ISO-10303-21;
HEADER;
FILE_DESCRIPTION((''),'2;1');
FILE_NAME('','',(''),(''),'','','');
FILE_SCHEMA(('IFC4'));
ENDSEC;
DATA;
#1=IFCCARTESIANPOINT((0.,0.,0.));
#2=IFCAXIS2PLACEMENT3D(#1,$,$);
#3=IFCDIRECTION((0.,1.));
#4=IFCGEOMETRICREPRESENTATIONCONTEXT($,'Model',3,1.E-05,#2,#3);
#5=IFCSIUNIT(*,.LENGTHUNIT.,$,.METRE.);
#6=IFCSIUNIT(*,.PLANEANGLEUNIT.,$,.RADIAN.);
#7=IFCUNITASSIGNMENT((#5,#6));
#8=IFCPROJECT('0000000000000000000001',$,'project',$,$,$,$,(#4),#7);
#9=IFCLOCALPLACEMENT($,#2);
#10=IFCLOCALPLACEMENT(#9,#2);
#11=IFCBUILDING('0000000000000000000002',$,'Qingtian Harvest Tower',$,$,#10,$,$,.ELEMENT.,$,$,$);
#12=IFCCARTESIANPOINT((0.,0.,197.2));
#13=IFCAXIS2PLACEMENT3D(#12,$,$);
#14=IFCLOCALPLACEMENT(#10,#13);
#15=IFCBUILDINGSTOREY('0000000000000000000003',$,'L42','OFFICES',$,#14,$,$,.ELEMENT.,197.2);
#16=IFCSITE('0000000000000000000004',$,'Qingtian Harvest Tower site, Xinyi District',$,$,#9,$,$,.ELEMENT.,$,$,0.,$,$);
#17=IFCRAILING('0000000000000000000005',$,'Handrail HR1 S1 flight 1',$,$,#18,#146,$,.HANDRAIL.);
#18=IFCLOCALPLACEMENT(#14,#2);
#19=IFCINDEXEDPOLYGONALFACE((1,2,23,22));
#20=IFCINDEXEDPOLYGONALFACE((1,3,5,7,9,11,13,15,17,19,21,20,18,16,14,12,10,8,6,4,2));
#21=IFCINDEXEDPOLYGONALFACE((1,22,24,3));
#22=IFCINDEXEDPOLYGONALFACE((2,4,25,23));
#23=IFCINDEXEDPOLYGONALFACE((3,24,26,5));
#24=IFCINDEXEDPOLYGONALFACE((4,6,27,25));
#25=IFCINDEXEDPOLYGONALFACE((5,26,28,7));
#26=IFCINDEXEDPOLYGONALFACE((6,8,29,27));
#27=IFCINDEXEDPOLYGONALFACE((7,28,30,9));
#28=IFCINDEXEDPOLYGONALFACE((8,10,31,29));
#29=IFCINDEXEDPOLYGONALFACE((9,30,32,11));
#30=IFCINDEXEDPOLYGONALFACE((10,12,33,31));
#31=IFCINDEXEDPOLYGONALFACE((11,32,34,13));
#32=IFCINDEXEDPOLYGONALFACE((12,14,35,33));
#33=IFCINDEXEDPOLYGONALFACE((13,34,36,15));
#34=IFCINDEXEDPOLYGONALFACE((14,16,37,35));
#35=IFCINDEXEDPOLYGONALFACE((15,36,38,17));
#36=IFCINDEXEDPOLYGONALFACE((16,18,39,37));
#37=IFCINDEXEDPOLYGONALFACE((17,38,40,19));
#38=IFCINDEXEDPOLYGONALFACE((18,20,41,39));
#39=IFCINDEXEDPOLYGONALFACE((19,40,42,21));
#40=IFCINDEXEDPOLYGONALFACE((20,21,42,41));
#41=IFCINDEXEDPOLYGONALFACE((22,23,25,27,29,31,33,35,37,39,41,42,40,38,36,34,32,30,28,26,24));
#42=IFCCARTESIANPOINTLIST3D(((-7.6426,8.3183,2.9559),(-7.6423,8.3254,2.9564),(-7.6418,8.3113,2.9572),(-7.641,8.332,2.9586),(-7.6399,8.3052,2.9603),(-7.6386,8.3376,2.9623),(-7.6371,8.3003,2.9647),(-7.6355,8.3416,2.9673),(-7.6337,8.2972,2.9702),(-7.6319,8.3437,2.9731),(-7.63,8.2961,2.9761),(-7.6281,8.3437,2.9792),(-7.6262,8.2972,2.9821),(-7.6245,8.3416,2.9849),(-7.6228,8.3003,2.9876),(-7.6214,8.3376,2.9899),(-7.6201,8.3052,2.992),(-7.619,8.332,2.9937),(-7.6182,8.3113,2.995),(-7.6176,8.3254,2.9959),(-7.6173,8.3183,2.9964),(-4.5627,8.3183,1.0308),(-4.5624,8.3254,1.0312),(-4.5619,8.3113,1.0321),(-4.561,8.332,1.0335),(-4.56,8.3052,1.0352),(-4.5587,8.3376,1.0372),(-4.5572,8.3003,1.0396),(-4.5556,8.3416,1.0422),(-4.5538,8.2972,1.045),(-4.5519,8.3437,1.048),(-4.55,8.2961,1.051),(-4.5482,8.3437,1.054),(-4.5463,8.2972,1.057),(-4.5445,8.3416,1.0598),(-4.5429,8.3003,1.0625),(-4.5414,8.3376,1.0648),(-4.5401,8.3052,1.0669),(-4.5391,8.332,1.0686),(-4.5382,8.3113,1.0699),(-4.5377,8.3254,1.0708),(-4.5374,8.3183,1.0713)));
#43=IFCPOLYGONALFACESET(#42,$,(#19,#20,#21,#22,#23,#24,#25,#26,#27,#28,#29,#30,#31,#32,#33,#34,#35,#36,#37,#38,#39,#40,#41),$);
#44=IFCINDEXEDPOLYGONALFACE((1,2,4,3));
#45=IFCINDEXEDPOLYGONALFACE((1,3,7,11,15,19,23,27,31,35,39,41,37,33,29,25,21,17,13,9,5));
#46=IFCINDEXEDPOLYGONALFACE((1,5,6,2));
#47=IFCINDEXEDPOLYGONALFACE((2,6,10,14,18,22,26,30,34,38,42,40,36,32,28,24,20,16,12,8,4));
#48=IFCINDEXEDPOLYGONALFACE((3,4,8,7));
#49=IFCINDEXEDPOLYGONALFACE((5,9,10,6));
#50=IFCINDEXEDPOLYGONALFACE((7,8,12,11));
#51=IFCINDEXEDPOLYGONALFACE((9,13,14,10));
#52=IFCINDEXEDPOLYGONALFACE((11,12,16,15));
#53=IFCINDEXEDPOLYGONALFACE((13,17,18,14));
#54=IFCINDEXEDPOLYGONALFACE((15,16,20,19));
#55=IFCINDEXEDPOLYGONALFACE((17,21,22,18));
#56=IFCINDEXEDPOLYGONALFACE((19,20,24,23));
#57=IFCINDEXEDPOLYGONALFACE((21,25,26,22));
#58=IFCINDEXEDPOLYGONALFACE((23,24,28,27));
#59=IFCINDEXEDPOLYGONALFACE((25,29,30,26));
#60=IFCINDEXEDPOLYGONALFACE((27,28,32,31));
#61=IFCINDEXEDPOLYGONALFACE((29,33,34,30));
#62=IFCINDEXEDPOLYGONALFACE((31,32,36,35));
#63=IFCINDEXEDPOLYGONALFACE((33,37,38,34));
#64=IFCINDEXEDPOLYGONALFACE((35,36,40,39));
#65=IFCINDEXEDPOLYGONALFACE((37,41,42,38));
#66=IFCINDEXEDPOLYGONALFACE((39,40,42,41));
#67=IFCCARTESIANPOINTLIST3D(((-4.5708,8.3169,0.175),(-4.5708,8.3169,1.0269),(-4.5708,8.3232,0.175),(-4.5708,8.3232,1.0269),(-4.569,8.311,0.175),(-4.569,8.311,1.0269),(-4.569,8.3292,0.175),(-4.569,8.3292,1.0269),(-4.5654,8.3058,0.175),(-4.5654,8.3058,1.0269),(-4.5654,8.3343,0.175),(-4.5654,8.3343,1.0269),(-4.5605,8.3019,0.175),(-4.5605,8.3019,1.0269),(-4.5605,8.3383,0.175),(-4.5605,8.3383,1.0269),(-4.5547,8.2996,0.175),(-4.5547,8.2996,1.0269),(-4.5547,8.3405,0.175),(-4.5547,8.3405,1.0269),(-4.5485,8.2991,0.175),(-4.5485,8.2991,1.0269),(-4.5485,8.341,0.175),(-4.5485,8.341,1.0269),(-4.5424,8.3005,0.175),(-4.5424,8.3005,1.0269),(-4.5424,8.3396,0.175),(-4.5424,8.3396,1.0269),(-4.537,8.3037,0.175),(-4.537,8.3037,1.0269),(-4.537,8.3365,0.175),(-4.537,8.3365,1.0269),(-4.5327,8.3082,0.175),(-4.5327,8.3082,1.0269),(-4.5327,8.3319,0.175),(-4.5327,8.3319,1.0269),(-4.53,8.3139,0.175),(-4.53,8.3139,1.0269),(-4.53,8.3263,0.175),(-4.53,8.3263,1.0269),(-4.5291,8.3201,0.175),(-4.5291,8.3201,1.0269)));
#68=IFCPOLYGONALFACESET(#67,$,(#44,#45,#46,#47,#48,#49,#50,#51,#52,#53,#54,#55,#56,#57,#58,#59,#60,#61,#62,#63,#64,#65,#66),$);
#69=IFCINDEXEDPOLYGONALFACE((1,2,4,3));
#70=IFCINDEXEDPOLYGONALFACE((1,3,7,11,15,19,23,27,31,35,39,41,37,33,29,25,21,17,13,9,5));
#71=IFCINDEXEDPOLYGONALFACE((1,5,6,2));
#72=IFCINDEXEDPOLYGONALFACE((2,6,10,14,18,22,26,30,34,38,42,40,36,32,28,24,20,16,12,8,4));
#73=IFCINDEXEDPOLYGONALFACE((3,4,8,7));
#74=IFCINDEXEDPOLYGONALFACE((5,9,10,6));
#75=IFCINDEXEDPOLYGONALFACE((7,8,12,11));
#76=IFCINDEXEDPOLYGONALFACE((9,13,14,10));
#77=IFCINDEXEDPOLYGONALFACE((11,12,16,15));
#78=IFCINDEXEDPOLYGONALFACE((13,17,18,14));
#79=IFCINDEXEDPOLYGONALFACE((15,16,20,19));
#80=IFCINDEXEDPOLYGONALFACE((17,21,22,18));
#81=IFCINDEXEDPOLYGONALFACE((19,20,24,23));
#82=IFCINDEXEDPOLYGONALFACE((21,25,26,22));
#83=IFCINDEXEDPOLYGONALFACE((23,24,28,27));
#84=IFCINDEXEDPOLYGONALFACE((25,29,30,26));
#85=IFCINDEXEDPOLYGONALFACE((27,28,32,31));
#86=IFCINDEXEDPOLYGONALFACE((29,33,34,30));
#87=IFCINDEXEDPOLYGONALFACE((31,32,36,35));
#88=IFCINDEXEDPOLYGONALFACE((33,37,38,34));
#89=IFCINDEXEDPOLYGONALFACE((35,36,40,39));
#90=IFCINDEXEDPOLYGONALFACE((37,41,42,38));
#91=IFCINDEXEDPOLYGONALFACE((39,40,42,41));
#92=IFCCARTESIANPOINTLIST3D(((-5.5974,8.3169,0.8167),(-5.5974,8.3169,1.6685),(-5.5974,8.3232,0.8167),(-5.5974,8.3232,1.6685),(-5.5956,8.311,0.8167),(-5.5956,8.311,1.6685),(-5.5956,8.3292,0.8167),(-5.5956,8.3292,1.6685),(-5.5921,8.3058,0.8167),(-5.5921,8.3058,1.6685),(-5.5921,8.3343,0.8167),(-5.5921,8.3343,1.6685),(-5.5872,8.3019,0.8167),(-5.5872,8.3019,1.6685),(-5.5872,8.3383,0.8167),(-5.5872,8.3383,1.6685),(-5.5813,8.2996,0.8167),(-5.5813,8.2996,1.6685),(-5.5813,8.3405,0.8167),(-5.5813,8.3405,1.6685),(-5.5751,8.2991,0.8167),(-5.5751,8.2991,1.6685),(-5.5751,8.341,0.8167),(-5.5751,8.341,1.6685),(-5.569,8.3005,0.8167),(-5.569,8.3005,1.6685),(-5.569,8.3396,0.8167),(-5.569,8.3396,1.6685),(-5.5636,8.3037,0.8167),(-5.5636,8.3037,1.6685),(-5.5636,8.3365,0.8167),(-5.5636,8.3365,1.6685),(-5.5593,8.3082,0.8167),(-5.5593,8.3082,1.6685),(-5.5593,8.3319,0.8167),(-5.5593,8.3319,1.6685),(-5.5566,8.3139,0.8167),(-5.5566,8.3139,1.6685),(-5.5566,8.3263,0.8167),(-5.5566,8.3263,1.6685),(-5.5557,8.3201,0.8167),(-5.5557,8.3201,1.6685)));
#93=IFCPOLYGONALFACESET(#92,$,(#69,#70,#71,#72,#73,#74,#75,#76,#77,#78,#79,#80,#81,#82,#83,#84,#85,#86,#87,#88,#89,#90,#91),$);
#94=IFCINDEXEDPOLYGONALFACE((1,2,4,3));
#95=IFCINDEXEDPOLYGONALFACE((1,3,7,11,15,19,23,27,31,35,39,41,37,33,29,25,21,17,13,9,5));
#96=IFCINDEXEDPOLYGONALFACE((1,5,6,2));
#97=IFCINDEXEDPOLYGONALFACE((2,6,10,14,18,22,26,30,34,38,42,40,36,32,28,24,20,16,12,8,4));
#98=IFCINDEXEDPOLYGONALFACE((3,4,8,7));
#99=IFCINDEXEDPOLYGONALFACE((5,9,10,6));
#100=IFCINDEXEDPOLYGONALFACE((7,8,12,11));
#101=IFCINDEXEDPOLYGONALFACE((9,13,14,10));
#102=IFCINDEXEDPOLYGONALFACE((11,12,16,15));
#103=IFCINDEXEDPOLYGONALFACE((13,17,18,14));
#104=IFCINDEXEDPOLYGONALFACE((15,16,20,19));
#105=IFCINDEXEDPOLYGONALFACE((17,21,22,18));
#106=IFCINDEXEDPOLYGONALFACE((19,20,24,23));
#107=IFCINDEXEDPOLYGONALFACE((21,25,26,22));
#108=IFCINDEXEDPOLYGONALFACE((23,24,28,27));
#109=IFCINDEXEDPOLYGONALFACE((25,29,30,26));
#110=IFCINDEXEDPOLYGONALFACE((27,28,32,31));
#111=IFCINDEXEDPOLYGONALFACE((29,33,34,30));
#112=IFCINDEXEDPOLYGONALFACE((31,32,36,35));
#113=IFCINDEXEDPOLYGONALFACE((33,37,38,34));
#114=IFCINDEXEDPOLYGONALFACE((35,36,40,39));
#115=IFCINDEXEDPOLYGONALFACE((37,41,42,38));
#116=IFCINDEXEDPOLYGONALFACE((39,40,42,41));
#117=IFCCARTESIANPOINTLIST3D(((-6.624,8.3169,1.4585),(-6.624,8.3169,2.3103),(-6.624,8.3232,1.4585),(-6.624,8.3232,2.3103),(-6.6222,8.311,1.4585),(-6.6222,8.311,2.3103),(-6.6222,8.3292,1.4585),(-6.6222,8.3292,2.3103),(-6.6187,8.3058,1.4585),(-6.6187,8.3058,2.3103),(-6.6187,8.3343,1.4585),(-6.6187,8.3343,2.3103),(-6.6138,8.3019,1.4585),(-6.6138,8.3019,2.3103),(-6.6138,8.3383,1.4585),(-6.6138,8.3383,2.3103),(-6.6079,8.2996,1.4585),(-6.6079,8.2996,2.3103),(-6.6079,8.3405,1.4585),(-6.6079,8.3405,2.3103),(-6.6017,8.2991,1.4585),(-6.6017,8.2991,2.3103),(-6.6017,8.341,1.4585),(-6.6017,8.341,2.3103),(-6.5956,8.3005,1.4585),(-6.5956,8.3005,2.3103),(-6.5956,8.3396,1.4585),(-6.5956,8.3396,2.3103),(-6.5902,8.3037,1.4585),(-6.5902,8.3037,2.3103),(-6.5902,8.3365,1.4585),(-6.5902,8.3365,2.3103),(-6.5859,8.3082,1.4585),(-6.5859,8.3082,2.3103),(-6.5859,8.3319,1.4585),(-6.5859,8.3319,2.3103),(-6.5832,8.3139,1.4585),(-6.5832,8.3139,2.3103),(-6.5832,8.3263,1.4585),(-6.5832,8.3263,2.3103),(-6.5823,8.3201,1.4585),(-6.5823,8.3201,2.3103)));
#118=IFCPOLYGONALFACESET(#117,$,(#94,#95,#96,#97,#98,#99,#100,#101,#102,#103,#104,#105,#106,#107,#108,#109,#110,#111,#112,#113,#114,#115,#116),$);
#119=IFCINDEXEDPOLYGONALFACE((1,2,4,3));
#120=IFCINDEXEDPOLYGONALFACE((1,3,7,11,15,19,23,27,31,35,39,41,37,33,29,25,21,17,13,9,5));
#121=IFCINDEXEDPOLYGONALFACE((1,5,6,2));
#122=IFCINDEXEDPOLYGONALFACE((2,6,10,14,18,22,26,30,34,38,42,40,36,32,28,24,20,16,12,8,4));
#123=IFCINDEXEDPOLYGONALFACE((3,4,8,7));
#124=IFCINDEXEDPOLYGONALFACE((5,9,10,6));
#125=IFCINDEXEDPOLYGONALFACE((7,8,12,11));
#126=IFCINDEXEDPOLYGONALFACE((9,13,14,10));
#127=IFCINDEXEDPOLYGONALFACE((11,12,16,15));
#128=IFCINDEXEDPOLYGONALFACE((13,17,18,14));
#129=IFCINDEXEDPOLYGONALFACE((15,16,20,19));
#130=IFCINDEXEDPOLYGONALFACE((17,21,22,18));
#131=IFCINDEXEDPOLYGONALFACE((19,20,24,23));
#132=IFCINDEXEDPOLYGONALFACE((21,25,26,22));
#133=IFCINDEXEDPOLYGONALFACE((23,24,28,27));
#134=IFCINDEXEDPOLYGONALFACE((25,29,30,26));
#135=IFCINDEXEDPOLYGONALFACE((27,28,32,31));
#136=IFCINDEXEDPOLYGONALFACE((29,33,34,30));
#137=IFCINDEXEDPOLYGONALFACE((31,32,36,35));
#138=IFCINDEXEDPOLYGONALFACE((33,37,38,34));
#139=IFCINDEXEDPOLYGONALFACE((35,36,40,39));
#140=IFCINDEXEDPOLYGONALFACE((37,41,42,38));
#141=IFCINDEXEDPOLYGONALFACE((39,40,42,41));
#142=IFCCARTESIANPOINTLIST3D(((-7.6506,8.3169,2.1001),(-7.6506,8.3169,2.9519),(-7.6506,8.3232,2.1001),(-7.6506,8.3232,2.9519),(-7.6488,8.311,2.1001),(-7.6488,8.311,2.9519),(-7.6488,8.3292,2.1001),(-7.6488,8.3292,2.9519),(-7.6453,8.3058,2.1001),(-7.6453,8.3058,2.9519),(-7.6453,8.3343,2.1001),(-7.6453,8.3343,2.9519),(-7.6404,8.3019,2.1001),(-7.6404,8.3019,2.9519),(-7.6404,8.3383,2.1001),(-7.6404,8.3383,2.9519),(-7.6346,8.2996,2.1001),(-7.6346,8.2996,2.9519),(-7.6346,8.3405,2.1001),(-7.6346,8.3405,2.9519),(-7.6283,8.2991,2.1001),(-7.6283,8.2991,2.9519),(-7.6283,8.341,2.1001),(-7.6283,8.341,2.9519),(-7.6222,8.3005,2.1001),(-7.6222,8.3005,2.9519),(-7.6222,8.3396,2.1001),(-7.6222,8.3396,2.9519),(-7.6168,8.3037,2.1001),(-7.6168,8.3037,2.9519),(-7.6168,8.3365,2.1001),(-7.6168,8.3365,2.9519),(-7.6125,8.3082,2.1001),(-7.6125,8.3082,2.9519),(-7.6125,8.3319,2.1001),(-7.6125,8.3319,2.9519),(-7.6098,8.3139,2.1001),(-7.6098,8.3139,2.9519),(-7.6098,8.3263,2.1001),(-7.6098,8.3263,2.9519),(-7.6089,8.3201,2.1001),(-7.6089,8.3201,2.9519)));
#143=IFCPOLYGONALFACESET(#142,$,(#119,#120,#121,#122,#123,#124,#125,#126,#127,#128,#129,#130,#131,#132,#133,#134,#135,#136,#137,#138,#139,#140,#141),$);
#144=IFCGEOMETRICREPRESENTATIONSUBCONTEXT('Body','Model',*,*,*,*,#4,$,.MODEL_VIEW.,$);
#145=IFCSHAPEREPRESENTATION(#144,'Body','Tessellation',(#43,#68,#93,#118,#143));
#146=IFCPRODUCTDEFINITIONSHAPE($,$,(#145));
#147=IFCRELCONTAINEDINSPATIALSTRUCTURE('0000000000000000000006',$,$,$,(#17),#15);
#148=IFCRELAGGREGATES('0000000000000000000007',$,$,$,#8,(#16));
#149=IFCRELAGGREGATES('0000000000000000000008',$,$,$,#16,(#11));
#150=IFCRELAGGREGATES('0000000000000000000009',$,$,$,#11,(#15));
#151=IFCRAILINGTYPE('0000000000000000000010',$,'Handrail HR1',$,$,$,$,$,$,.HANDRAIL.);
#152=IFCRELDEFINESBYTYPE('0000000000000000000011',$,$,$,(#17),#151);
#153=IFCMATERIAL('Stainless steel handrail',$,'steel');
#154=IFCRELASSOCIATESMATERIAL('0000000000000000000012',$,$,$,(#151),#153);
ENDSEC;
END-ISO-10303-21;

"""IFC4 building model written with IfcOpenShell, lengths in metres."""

from ifc_helpers import new_model, si_unit, direction, frame, origin, origin_2d, place, context, subcontext, project, spatial, circle, extrude, material, type_object, element, save


model = new_model("IFC4")

# Units and contexts
model_context = context("Model", 3, precision=1e-05, world=origin(), true_north=direction((0.0, 1.0)))
body_context = subcontext(model_context, "Body", "Model", "MODEL_VIEW")
ifc_project = project(units=[si_unit("LENGTHUNIT", "METRE"), si_unit("PLANEANGLEUNIT", "RADIAN")], contexts=[model_context])

# Site, building, storey
site_placement = place(None, origin())
site = spatial("IfcSite", under=ifc_project, at=site_placement, Name="Qingtian Harvest Tower site, Xinyi District", CompositionType="ELEMENT", RefElevation=0.0)
building_placement = place(site_placement, origin())
building = spatial("IfcBuilding", under=site, at=building_placement, Name="Qingtian Harvest Tower", CompositionType="ELEMENT")
storey_placement = place(building_placement, frame((0.0, 0.0, 197.2)))
storey = spatial("IfcBuildingStorey", under=building, at=storey_placement, Name="L42", Description="OFFICES", CompositionType="ELEMENT", Elevation=197.2)

# Railing
ifc_material_1 = material(Name="Stainless steel handrail", Category="steel")
railing_type = type_object("IfcRailingType", Name="Handrail HR1", PredefinedType="HANDRAIL", material=ifc_material_1)
railing_placement = place(storey_placement, frame((-4.55, 8.3201, 0.175)))
element("IfcRailing", 1, at=railing_placement, inside=storey, type_object=railing_type, Name="Handrail HR1 S1 flight 1", PredefinedType="HANDRAIL", context=body_context, shape_type="SweptSolid", body=[
    extrude(circle(Radius=0.0239, at=origin_2d()), frame((0.0, 0.0, 0.876), z_axis=(-0.847979, 0.0, 0.530029), x_axis=(0.0, -1.0, 0.0)), (0.0, 0.0, 1.0), 3.6321),
    extrude(circle(Radius=0.021, at=origin_2d()), origin(), (0.0, 0.0, 1.0), 0.8518),
    extrude(circle(Radius=0.021, at=origin_2d()), frame((-1.0266, 0.0, 0.6416)), (0.0, 0.0, 1.0), 0.8518),
    extrude(circle(Radius=0.021, at=origin_2d()), frame((-2.0532, 0.0, 1.2834)), (0.0, 0.0, 1.0), 0.8518),
    extrude(circle(Radius=0.021, at=origin_2d()), frame((-3.0798, 0.0, 1.925)), (0.0, 0.0, 1.0), 0.8518),
])

save(model, "model.ifc")
